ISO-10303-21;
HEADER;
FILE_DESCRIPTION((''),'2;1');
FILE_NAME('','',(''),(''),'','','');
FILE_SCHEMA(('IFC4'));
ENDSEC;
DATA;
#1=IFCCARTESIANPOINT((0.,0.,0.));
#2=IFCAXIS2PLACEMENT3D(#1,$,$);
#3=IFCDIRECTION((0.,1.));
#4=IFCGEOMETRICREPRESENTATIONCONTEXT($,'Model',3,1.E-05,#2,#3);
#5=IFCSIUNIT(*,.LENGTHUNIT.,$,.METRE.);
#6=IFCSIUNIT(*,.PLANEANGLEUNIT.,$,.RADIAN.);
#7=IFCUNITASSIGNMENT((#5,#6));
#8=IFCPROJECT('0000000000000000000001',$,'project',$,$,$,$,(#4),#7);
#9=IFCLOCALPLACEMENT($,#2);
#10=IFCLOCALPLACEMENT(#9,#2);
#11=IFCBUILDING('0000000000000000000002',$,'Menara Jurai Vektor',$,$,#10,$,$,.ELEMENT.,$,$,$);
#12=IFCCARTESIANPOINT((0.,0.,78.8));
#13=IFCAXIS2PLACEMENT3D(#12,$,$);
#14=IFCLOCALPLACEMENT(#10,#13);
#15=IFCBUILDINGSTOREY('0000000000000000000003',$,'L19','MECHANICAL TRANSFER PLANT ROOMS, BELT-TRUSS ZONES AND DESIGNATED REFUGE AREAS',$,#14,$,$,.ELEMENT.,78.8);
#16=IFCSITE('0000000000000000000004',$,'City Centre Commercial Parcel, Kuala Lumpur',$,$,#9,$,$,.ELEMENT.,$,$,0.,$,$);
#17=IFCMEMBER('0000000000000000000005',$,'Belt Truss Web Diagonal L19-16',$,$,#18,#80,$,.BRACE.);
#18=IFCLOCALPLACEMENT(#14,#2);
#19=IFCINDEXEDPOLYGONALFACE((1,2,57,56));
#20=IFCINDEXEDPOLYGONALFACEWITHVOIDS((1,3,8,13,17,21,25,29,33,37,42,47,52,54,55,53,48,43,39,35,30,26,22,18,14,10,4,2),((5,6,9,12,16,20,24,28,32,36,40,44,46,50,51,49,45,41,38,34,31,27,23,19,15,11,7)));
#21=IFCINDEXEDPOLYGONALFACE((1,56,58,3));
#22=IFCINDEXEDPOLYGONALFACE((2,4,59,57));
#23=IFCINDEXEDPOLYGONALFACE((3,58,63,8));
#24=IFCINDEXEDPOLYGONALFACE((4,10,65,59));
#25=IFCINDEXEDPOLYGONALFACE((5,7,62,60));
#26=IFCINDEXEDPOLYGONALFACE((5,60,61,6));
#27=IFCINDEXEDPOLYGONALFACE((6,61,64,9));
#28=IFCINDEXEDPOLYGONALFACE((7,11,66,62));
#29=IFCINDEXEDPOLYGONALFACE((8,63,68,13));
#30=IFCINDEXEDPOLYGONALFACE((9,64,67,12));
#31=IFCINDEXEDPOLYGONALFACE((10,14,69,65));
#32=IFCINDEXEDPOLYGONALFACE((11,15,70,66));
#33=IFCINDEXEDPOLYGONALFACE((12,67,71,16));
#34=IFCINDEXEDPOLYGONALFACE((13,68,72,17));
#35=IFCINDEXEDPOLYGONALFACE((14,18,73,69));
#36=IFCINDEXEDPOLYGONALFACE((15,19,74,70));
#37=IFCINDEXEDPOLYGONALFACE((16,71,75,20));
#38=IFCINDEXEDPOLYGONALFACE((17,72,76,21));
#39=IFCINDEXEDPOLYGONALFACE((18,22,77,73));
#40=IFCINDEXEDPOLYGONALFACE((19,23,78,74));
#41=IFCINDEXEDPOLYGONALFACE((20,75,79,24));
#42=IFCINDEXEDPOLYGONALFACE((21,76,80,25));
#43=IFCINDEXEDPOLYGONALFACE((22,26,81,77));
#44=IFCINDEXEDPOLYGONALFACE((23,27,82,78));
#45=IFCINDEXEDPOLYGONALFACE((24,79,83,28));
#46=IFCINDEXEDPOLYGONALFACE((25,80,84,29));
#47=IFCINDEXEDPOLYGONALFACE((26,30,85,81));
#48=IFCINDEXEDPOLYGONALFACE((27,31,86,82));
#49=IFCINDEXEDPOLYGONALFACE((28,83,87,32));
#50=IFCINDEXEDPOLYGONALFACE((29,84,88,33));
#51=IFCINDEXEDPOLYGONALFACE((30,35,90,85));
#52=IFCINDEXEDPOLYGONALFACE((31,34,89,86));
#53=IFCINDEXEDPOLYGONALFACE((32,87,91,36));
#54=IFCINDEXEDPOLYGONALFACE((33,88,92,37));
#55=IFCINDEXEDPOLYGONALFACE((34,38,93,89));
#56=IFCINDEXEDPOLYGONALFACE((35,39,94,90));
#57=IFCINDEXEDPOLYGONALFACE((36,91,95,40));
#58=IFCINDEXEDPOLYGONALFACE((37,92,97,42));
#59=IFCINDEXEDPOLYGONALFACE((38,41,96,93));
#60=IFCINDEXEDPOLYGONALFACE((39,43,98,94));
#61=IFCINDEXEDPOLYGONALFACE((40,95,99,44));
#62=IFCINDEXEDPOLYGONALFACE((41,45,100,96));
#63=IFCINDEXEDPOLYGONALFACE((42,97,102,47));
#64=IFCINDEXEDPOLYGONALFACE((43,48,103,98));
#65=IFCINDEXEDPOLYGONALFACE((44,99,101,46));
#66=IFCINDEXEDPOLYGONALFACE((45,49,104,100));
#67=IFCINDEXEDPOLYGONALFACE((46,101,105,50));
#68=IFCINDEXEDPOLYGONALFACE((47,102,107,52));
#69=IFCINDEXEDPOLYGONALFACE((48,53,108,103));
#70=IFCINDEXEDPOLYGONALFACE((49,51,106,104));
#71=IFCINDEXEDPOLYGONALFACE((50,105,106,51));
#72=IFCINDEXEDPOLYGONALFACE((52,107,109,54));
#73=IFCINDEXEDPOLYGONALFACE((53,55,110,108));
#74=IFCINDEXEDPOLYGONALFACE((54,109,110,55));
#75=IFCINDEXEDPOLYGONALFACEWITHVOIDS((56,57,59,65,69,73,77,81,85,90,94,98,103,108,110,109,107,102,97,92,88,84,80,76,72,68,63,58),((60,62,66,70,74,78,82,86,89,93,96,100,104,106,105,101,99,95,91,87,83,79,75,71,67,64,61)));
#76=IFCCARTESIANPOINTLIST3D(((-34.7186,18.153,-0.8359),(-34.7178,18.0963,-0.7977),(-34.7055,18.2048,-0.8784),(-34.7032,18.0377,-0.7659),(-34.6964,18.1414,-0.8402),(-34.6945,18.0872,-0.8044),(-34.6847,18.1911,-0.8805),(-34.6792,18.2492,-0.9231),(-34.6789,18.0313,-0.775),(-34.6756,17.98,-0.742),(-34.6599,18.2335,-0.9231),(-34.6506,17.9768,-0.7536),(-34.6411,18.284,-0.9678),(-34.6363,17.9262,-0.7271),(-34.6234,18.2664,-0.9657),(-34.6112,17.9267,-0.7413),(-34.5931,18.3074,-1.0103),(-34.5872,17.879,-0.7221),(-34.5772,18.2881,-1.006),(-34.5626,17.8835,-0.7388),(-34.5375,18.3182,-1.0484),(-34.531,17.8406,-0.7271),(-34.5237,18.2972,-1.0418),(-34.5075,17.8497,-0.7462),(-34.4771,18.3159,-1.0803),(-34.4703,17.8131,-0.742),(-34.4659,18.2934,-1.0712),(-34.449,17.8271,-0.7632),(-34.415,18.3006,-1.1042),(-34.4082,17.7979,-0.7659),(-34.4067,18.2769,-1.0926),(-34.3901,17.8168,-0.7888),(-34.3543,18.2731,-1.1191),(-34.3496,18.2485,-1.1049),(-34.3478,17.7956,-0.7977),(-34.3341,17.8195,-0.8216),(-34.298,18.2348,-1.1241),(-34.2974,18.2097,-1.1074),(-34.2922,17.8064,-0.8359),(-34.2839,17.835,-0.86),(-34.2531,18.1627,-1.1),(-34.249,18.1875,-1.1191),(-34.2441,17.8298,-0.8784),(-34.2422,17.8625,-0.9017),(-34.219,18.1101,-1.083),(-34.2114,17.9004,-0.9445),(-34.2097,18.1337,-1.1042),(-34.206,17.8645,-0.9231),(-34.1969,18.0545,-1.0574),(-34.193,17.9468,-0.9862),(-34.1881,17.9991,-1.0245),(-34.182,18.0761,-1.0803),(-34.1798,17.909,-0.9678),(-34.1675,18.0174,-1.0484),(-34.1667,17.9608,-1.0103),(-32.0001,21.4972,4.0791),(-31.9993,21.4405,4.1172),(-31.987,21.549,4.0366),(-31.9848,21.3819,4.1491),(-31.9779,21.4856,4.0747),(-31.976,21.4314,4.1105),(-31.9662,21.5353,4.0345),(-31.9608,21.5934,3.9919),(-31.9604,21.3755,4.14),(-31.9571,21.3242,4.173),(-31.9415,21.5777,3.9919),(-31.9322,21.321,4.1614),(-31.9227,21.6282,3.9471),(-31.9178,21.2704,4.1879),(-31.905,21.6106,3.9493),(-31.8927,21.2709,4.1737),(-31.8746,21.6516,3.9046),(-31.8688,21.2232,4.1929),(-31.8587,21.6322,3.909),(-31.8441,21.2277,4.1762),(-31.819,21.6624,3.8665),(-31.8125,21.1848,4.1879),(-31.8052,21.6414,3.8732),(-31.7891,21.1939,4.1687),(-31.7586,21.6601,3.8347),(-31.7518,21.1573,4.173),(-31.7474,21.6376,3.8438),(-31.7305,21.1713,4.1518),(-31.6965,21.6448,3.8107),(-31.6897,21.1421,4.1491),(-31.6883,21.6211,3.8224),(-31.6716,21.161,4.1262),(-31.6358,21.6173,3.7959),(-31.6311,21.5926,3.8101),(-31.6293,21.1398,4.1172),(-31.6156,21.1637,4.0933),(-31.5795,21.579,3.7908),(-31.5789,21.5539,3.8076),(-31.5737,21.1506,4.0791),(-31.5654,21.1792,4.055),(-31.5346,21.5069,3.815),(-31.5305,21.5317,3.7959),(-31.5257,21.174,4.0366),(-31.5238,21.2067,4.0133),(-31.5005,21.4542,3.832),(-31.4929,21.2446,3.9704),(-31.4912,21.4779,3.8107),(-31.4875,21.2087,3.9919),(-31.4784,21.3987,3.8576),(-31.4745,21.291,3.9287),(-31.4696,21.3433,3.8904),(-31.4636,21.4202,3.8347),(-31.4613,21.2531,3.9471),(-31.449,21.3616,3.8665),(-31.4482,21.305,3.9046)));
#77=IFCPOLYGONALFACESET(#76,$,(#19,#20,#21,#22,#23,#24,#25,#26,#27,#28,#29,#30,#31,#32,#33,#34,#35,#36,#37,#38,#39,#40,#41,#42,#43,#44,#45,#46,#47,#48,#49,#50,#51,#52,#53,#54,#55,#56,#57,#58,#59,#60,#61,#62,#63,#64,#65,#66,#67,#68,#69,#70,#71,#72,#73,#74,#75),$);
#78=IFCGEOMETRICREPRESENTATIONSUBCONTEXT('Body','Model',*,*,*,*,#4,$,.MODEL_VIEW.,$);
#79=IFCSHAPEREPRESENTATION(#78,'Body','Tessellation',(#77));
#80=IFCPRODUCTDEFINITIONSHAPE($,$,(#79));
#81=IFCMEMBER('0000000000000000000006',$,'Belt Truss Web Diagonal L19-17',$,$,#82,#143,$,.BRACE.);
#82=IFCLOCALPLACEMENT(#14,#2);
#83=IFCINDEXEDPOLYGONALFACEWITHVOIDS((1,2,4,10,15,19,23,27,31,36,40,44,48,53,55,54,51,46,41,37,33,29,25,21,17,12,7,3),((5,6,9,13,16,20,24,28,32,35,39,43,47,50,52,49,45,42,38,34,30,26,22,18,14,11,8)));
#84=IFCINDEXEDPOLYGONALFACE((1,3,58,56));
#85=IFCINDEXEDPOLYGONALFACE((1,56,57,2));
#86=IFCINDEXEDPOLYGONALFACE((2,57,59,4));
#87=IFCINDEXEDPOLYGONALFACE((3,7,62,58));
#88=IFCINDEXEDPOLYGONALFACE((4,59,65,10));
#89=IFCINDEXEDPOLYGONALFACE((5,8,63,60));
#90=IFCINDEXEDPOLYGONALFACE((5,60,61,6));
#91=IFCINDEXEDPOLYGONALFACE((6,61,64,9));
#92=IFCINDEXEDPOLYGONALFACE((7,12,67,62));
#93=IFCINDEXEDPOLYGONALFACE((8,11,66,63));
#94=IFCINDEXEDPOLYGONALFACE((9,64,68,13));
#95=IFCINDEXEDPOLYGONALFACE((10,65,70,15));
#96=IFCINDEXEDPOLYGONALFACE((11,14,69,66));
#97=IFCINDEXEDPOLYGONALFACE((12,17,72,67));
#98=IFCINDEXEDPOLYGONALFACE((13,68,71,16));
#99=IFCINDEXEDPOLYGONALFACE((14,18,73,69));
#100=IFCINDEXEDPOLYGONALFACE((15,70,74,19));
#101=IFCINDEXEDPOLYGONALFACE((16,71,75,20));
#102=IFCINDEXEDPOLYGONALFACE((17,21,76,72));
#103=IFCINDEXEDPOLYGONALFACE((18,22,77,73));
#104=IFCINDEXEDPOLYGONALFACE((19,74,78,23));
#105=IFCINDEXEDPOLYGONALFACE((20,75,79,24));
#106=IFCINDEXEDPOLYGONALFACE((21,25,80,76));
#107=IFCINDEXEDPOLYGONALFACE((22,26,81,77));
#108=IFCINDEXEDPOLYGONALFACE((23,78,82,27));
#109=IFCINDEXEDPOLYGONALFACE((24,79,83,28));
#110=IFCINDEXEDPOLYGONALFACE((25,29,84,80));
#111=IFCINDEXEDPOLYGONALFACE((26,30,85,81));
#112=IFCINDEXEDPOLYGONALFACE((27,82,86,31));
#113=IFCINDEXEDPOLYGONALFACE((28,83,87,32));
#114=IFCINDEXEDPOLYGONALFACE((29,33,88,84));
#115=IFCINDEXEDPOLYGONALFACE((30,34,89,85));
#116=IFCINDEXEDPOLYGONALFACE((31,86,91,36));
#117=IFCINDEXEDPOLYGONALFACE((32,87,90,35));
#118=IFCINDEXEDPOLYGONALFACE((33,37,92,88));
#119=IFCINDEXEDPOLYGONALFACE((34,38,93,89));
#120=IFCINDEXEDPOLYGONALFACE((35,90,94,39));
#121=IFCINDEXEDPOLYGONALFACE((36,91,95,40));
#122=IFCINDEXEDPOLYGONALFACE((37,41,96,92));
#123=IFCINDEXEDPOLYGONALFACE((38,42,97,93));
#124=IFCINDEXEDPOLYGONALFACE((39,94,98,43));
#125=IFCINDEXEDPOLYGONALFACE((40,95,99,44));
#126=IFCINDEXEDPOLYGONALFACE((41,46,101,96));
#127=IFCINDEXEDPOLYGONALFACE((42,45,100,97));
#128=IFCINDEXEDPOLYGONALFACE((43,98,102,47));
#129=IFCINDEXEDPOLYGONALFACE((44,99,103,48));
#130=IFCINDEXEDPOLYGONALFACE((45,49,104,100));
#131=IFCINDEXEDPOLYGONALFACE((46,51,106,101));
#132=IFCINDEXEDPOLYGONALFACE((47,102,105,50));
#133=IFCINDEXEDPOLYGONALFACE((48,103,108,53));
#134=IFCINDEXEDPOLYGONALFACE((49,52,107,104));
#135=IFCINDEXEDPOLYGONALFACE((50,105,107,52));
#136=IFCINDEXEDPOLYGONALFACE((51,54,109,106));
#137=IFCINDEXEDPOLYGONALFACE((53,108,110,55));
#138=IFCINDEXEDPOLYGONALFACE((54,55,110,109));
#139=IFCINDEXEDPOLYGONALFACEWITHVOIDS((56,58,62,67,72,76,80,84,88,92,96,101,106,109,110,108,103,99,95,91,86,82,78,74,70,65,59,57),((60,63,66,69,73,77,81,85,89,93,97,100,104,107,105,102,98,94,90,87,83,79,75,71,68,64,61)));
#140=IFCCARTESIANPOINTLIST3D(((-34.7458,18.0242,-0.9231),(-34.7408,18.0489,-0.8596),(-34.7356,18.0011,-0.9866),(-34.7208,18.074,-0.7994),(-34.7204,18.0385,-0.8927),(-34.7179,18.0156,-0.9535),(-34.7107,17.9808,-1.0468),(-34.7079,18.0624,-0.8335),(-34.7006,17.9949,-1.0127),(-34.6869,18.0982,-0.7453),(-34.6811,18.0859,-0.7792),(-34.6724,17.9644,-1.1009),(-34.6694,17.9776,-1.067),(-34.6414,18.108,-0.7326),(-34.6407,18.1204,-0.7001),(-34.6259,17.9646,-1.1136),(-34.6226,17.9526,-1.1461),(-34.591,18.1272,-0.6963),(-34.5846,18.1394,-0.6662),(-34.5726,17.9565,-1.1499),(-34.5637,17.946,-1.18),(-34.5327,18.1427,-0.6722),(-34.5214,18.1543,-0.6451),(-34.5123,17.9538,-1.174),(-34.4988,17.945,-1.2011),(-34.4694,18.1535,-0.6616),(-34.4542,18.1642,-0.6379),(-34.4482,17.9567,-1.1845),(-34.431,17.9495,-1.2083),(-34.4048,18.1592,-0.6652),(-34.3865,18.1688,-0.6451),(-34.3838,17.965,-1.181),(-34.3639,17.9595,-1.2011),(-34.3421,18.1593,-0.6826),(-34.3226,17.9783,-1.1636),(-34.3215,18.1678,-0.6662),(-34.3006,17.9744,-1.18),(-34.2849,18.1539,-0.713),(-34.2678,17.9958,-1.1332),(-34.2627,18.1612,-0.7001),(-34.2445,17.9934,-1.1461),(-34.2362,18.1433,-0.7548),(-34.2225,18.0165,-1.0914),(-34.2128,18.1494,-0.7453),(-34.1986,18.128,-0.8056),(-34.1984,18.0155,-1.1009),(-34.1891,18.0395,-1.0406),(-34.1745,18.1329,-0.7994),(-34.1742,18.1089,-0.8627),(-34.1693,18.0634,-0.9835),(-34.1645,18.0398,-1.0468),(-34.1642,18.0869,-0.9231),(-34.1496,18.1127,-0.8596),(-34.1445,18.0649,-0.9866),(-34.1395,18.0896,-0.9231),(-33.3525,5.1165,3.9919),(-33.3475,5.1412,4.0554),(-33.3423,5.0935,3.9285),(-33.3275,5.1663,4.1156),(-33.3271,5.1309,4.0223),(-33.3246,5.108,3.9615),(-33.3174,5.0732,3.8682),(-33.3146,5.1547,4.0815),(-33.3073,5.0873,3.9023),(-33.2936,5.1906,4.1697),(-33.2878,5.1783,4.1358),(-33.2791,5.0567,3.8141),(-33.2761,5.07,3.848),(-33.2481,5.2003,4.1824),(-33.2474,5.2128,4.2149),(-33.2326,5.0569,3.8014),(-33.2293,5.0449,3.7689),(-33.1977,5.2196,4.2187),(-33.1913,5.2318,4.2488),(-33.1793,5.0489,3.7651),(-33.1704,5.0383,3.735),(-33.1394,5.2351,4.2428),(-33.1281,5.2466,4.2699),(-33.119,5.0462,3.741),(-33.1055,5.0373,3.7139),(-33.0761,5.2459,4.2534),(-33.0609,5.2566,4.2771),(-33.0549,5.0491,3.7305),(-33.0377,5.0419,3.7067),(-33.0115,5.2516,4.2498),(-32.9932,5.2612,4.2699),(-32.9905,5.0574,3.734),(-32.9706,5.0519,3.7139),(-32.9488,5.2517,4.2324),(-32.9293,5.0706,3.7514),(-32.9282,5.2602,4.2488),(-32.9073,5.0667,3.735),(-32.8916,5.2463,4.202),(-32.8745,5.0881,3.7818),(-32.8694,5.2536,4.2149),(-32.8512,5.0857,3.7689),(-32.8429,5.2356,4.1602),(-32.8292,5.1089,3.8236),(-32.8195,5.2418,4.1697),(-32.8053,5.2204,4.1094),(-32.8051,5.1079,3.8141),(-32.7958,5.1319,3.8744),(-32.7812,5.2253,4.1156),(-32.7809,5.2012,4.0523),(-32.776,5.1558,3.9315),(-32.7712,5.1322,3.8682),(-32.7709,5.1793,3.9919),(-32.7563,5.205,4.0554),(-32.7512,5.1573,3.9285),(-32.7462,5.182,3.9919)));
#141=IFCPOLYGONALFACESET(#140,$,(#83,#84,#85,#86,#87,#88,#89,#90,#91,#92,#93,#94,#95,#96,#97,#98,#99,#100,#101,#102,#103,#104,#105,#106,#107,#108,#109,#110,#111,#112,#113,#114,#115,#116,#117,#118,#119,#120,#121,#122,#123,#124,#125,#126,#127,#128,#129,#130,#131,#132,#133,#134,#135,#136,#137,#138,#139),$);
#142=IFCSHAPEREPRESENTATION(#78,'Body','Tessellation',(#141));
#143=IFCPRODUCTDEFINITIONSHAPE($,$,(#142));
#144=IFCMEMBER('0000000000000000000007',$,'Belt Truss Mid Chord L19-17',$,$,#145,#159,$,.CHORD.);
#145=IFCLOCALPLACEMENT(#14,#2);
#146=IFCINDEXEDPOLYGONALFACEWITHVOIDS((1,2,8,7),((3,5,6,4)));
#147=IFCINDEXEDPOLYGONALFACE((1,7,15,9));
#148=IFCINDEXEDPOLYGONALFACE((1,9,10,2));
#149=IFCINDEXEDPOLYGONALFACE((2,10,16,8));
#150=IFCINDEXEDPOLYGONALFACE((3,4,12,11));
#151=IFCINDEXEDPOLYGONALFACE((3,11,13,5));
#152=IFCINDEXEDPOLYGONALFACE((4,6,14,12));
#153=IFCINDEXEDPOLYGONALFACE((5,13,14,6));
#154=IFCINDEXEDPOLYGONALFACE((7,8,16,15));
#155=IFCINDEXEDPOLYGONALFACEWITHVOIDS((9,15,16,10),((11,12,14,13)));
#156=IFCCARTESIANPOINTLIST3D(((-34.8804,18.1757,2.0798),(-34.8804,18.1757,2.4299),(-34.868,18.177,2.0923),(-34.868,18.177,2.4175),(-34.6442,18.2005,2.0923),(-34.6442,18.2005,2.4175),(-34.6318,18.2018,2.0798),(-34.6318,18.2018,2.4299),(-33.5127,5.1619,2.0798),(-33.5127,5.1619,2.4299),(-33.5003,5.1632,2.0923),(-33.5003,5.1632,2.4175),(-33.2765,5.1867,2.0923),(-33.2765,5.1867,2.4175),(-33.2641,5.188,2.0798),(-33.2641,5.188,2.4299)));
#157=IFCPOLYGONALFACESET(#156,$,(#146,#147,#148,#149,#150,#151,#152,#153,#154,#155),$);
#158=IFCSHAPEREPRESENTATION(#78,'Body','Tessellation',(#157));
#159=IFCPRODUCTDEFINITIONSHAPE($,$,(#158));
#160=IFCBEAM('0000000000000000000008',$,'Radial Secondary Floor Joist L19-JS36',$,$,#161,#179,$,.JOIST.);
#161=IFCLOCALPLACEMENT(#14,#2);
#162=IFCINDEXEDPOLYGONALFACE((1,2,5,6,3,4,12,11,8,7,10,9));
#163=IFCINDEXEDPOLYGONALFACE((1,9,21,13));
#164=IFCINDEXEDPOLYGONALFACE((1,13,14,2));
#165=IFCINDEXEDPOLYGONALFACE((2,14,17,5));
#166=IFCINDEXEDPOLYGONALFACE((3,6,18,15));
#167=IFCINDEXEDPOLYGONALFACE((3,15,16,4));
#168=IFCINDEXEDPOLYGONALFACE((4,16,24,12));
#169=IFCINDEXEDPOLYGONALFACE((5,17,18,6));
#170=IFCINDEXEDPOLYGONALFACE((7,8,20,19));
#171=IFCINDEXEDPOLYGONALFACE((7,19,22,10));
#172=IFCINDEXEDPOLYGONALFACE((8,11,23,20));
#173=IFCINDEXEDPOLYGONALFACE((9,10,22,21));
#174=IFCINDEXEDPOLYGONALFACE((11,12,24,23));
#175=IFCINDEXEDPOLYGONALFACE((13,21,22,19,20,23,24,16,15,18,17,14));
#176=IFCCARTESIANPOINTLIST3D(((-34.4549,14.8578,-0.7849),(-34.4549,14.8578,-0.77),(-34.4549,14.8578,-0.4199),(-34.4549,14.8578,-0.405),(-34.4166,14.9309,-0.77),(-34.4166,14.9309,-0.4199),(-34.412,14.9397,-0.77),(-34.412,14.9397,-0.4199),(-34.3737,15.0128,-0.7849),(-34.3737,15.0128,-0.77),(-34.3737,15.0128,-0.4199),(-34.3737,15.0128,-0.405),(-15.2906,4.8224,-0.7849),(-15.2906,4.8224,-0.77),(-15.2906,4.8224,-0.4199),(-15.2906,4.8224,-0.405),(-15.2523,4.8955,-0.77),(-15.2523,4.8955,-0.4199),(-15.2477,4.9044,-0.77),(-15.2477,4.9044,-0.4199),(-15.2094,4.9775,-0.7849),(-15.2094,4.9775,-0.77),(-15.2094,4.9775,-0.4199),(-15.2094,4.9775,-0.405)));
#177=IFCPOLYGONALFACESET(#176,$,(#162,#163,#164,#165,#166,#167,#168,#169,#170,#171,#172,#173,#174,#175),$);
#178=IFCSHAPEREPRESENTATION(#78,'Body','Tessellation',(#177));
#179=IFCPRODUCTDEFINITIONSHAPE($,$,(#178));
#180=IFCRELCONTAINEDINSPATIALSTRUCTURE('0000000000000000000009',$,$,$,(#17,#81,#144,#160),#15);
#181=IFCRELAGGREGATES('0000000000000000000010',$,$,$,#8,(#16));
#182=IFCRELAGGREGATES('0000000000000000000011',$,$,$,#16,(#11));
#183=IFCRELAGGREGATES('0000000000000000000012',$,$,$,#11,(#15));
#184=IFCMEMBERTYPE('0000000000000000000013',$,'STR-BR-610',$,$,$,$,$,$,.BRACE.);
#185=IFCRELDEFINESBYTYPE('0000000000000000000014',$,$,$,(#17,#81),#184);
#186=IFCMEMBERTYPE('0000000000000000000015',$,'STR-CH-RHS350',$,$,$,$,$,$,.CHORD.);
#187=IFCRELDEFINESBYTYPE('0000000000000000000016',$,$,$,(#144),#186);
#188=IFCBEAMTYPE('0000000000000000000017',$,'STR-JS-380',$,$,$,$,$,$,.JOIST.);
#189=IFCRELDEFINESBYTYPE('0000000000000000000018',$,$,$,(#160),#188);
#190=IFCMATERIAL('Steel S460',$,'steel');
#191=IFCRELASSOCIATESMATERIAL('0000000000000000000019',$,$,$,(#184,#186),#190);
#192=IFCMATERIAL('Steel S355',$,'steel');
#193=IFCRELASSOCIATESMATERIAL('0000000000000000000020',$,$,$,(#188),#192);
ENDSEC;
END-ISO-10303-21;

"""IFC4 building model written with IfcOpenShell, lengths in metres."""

from ifc_helpers import new_model, si_unit, direction, frame, origin, origin_2d, place, context, subcontext, project, spatial, hollow_rectangle, hollow_circle, i_section, extrude, material, material_profile, profile_set, type_object, element, save


model = new_model("IFC4")

# Units and contexts
model_context = context("Model", 3, precision=1e-05, world=origin(), true_north=direction((0.0, 1.0)))
body_context = subcontext(model_context, "Body", "Model", "MODEL_VIEW")
ifc_project = project(units=[si_unit("LENGTHUNIT", "METRE"), si_unit("PLANEANGLEUNIT", "RADIAN")], contexts=[model_context])

# Site, building, storey
site_placement = place(None, origin())
site = spatial("IfcSite", under=ifc_project, at=site_placement, Name="City Centre Commercial Parcel, Kuala Lumpur", CompositionType="ELEMENT", RefElevation=0.0)
building_placement = place(site_placement, origin())
building = spatial("IfcBuilding", under=site, at=building_placement, Name="Menara Jurai Vektor", CompositionType="ELEMENT")
storey_placement = place(building_placement, frame((0.0, 0.0, 78.8)))
storey = spatial("IfcBuildingStorey", under=building, at=storey_placement, Name="L19", Description="MECHANICAL TRANSFER PLANT ROOMS, BELT-TRUSS ZONES AND DESIGNATED REFUGE AREAS", CompositionType="ELEMENT", Elevation=78.8)

# Shared definitions
ifc_material_1 = material(Name="Steel S460", Category="steel")

# Shared definitions
ifc_material_2 = material(Name="Steel S355", Category="steel")

# Members
ifc_material_profile_1 = material_profile(ifc_material_1, hollow_circle(Radius=0.3049, WallThickness=0.0249, at=origin_2d()), Name="CHS 610x25")
ifc_profile_set_1 = profile_set([ifc_material_profile_1], Name="Steel S460")
member_type_1 = type_object("IfcMemberType", Name="STR-BR-610", PredefinedType="BRACE", material=ifc_profile_set_1)
member_1_placement = place(storey_placement, frame((-34.4426, 18.0569, -0.9231), z_axis=(0.415867, 0.511589, 0.751885), x_axis=(-0.775965, 0.630776, 0.0)))
element("IfcMember", 1, at=member_1_placement, inside=storey, type_object=member_type_1, Name="Belt Truss Web Diagonal L19-16", PredefinedType="BRACE", context=body_context, shape_type="SweptSolid", body=[
    extrude(hollow_circle(Radius=0.3049, WallThickness=0.0249, at=origin_2d()), origin(), (0.0, 0.0, 1.0), 6.5369),
])
member_2_placement = place(storey_placement, frame((-34.4426, 18.0569, -0.9231), z_axis=(0.100369, -0.929821, 0.35406), x_axis=(0.994224, 0.107321, 0.0)))
element("IfcMember", 2, at=member_2_placement, inside=storey, type_object=member_type_1, Name="Belt Truss Web Diagonal L19-17", PredefinedType="BRACE", context=body_context, shape_type="SweptSolid", body=[
    extrude(hollow_circle(Radius=0.3049, WallThickness=0.0249, at=origin_2d()), origin(), (0.0, 0.0, 1.0), 13.8818),
])
ifc_material_profile_2 = material_profile(ifc_material_1, hollow_rectangle(XDim=0.25, YDim=0.3501, WallThickness=0.0125, at=origin_2d()), Name="RHS 350x250x12.5")
ifc_profile_set_2 = profile_set([ifc_material_profile_2], Name="Steel S460")
member_type_2 = type_object("IfcMemberType", Name="STR-CH-RHS350", PredefinedType="CHORD", material=ifc_profile_set_2)
member_3_placement = place(storey_placement, frame((-34.7561, 18.1887, 2.2549), z_axis=(0.10452, -0.994523, 0.0), x_axis=(0.994523, 0.10452, 0.0)))
element("IfcMember", 3, at=member_3_placement, inside=storey, type_object=member_type_2, Name="Belt Truss Mid Chord L19-17", PredefinedType="CHORD", context=body_context, shape_type="SweptSolid", body=[
    extrude(hollow_rectangle(XDim=0.25, YDim=0.3501, WallThickness=0.0125, at=origin_2d()), origin(), (0.0, 0.0, 1.0), 13.0854),
])

# Beam
ifc_material_profile_3 = material_profile(ifc_material_2, i_section(OverallWidth=0.175, OverallDepth=0.3799, WebThickness=0.01, FlangeThickness=0.0149, at=origin_2d()), Name="PG 380x175x58")
ifc_profile_set_3 = profile_set([ifc_material_profile_3], Name="Steel S355")
beam_type_1 = type_object("IfcBeamType", Name="STR-JS-380", PredefinedType="JOIST", material=ifc_profile_set_3)
beam_1_placement = place(storey_placement, frame((-34.4143, 14.9353, -0.595), z_axis=(0.885889, -0.463897, 0.0), x_axis=(0.463897, 0.885889, 0.0)))
element("IfcBeam", 4, at=beam_1_placement, inside=storey, type_object=beam_type_1, Name="Radial Secondary Floor Joist L19-JS36", PredefinedType="JOIST", context=body_context, shape_type="SweptSolid", body=[
    extrude(i_section(OverallWidth=0.175, OverallDepth=0.3799, WebThickness=0.01, FlangeThickness=0.0149, at=origin_2d()), origin(), (0.0, 0.0, 1.0), 21.6328),
])

save(model, "model.ifc")
